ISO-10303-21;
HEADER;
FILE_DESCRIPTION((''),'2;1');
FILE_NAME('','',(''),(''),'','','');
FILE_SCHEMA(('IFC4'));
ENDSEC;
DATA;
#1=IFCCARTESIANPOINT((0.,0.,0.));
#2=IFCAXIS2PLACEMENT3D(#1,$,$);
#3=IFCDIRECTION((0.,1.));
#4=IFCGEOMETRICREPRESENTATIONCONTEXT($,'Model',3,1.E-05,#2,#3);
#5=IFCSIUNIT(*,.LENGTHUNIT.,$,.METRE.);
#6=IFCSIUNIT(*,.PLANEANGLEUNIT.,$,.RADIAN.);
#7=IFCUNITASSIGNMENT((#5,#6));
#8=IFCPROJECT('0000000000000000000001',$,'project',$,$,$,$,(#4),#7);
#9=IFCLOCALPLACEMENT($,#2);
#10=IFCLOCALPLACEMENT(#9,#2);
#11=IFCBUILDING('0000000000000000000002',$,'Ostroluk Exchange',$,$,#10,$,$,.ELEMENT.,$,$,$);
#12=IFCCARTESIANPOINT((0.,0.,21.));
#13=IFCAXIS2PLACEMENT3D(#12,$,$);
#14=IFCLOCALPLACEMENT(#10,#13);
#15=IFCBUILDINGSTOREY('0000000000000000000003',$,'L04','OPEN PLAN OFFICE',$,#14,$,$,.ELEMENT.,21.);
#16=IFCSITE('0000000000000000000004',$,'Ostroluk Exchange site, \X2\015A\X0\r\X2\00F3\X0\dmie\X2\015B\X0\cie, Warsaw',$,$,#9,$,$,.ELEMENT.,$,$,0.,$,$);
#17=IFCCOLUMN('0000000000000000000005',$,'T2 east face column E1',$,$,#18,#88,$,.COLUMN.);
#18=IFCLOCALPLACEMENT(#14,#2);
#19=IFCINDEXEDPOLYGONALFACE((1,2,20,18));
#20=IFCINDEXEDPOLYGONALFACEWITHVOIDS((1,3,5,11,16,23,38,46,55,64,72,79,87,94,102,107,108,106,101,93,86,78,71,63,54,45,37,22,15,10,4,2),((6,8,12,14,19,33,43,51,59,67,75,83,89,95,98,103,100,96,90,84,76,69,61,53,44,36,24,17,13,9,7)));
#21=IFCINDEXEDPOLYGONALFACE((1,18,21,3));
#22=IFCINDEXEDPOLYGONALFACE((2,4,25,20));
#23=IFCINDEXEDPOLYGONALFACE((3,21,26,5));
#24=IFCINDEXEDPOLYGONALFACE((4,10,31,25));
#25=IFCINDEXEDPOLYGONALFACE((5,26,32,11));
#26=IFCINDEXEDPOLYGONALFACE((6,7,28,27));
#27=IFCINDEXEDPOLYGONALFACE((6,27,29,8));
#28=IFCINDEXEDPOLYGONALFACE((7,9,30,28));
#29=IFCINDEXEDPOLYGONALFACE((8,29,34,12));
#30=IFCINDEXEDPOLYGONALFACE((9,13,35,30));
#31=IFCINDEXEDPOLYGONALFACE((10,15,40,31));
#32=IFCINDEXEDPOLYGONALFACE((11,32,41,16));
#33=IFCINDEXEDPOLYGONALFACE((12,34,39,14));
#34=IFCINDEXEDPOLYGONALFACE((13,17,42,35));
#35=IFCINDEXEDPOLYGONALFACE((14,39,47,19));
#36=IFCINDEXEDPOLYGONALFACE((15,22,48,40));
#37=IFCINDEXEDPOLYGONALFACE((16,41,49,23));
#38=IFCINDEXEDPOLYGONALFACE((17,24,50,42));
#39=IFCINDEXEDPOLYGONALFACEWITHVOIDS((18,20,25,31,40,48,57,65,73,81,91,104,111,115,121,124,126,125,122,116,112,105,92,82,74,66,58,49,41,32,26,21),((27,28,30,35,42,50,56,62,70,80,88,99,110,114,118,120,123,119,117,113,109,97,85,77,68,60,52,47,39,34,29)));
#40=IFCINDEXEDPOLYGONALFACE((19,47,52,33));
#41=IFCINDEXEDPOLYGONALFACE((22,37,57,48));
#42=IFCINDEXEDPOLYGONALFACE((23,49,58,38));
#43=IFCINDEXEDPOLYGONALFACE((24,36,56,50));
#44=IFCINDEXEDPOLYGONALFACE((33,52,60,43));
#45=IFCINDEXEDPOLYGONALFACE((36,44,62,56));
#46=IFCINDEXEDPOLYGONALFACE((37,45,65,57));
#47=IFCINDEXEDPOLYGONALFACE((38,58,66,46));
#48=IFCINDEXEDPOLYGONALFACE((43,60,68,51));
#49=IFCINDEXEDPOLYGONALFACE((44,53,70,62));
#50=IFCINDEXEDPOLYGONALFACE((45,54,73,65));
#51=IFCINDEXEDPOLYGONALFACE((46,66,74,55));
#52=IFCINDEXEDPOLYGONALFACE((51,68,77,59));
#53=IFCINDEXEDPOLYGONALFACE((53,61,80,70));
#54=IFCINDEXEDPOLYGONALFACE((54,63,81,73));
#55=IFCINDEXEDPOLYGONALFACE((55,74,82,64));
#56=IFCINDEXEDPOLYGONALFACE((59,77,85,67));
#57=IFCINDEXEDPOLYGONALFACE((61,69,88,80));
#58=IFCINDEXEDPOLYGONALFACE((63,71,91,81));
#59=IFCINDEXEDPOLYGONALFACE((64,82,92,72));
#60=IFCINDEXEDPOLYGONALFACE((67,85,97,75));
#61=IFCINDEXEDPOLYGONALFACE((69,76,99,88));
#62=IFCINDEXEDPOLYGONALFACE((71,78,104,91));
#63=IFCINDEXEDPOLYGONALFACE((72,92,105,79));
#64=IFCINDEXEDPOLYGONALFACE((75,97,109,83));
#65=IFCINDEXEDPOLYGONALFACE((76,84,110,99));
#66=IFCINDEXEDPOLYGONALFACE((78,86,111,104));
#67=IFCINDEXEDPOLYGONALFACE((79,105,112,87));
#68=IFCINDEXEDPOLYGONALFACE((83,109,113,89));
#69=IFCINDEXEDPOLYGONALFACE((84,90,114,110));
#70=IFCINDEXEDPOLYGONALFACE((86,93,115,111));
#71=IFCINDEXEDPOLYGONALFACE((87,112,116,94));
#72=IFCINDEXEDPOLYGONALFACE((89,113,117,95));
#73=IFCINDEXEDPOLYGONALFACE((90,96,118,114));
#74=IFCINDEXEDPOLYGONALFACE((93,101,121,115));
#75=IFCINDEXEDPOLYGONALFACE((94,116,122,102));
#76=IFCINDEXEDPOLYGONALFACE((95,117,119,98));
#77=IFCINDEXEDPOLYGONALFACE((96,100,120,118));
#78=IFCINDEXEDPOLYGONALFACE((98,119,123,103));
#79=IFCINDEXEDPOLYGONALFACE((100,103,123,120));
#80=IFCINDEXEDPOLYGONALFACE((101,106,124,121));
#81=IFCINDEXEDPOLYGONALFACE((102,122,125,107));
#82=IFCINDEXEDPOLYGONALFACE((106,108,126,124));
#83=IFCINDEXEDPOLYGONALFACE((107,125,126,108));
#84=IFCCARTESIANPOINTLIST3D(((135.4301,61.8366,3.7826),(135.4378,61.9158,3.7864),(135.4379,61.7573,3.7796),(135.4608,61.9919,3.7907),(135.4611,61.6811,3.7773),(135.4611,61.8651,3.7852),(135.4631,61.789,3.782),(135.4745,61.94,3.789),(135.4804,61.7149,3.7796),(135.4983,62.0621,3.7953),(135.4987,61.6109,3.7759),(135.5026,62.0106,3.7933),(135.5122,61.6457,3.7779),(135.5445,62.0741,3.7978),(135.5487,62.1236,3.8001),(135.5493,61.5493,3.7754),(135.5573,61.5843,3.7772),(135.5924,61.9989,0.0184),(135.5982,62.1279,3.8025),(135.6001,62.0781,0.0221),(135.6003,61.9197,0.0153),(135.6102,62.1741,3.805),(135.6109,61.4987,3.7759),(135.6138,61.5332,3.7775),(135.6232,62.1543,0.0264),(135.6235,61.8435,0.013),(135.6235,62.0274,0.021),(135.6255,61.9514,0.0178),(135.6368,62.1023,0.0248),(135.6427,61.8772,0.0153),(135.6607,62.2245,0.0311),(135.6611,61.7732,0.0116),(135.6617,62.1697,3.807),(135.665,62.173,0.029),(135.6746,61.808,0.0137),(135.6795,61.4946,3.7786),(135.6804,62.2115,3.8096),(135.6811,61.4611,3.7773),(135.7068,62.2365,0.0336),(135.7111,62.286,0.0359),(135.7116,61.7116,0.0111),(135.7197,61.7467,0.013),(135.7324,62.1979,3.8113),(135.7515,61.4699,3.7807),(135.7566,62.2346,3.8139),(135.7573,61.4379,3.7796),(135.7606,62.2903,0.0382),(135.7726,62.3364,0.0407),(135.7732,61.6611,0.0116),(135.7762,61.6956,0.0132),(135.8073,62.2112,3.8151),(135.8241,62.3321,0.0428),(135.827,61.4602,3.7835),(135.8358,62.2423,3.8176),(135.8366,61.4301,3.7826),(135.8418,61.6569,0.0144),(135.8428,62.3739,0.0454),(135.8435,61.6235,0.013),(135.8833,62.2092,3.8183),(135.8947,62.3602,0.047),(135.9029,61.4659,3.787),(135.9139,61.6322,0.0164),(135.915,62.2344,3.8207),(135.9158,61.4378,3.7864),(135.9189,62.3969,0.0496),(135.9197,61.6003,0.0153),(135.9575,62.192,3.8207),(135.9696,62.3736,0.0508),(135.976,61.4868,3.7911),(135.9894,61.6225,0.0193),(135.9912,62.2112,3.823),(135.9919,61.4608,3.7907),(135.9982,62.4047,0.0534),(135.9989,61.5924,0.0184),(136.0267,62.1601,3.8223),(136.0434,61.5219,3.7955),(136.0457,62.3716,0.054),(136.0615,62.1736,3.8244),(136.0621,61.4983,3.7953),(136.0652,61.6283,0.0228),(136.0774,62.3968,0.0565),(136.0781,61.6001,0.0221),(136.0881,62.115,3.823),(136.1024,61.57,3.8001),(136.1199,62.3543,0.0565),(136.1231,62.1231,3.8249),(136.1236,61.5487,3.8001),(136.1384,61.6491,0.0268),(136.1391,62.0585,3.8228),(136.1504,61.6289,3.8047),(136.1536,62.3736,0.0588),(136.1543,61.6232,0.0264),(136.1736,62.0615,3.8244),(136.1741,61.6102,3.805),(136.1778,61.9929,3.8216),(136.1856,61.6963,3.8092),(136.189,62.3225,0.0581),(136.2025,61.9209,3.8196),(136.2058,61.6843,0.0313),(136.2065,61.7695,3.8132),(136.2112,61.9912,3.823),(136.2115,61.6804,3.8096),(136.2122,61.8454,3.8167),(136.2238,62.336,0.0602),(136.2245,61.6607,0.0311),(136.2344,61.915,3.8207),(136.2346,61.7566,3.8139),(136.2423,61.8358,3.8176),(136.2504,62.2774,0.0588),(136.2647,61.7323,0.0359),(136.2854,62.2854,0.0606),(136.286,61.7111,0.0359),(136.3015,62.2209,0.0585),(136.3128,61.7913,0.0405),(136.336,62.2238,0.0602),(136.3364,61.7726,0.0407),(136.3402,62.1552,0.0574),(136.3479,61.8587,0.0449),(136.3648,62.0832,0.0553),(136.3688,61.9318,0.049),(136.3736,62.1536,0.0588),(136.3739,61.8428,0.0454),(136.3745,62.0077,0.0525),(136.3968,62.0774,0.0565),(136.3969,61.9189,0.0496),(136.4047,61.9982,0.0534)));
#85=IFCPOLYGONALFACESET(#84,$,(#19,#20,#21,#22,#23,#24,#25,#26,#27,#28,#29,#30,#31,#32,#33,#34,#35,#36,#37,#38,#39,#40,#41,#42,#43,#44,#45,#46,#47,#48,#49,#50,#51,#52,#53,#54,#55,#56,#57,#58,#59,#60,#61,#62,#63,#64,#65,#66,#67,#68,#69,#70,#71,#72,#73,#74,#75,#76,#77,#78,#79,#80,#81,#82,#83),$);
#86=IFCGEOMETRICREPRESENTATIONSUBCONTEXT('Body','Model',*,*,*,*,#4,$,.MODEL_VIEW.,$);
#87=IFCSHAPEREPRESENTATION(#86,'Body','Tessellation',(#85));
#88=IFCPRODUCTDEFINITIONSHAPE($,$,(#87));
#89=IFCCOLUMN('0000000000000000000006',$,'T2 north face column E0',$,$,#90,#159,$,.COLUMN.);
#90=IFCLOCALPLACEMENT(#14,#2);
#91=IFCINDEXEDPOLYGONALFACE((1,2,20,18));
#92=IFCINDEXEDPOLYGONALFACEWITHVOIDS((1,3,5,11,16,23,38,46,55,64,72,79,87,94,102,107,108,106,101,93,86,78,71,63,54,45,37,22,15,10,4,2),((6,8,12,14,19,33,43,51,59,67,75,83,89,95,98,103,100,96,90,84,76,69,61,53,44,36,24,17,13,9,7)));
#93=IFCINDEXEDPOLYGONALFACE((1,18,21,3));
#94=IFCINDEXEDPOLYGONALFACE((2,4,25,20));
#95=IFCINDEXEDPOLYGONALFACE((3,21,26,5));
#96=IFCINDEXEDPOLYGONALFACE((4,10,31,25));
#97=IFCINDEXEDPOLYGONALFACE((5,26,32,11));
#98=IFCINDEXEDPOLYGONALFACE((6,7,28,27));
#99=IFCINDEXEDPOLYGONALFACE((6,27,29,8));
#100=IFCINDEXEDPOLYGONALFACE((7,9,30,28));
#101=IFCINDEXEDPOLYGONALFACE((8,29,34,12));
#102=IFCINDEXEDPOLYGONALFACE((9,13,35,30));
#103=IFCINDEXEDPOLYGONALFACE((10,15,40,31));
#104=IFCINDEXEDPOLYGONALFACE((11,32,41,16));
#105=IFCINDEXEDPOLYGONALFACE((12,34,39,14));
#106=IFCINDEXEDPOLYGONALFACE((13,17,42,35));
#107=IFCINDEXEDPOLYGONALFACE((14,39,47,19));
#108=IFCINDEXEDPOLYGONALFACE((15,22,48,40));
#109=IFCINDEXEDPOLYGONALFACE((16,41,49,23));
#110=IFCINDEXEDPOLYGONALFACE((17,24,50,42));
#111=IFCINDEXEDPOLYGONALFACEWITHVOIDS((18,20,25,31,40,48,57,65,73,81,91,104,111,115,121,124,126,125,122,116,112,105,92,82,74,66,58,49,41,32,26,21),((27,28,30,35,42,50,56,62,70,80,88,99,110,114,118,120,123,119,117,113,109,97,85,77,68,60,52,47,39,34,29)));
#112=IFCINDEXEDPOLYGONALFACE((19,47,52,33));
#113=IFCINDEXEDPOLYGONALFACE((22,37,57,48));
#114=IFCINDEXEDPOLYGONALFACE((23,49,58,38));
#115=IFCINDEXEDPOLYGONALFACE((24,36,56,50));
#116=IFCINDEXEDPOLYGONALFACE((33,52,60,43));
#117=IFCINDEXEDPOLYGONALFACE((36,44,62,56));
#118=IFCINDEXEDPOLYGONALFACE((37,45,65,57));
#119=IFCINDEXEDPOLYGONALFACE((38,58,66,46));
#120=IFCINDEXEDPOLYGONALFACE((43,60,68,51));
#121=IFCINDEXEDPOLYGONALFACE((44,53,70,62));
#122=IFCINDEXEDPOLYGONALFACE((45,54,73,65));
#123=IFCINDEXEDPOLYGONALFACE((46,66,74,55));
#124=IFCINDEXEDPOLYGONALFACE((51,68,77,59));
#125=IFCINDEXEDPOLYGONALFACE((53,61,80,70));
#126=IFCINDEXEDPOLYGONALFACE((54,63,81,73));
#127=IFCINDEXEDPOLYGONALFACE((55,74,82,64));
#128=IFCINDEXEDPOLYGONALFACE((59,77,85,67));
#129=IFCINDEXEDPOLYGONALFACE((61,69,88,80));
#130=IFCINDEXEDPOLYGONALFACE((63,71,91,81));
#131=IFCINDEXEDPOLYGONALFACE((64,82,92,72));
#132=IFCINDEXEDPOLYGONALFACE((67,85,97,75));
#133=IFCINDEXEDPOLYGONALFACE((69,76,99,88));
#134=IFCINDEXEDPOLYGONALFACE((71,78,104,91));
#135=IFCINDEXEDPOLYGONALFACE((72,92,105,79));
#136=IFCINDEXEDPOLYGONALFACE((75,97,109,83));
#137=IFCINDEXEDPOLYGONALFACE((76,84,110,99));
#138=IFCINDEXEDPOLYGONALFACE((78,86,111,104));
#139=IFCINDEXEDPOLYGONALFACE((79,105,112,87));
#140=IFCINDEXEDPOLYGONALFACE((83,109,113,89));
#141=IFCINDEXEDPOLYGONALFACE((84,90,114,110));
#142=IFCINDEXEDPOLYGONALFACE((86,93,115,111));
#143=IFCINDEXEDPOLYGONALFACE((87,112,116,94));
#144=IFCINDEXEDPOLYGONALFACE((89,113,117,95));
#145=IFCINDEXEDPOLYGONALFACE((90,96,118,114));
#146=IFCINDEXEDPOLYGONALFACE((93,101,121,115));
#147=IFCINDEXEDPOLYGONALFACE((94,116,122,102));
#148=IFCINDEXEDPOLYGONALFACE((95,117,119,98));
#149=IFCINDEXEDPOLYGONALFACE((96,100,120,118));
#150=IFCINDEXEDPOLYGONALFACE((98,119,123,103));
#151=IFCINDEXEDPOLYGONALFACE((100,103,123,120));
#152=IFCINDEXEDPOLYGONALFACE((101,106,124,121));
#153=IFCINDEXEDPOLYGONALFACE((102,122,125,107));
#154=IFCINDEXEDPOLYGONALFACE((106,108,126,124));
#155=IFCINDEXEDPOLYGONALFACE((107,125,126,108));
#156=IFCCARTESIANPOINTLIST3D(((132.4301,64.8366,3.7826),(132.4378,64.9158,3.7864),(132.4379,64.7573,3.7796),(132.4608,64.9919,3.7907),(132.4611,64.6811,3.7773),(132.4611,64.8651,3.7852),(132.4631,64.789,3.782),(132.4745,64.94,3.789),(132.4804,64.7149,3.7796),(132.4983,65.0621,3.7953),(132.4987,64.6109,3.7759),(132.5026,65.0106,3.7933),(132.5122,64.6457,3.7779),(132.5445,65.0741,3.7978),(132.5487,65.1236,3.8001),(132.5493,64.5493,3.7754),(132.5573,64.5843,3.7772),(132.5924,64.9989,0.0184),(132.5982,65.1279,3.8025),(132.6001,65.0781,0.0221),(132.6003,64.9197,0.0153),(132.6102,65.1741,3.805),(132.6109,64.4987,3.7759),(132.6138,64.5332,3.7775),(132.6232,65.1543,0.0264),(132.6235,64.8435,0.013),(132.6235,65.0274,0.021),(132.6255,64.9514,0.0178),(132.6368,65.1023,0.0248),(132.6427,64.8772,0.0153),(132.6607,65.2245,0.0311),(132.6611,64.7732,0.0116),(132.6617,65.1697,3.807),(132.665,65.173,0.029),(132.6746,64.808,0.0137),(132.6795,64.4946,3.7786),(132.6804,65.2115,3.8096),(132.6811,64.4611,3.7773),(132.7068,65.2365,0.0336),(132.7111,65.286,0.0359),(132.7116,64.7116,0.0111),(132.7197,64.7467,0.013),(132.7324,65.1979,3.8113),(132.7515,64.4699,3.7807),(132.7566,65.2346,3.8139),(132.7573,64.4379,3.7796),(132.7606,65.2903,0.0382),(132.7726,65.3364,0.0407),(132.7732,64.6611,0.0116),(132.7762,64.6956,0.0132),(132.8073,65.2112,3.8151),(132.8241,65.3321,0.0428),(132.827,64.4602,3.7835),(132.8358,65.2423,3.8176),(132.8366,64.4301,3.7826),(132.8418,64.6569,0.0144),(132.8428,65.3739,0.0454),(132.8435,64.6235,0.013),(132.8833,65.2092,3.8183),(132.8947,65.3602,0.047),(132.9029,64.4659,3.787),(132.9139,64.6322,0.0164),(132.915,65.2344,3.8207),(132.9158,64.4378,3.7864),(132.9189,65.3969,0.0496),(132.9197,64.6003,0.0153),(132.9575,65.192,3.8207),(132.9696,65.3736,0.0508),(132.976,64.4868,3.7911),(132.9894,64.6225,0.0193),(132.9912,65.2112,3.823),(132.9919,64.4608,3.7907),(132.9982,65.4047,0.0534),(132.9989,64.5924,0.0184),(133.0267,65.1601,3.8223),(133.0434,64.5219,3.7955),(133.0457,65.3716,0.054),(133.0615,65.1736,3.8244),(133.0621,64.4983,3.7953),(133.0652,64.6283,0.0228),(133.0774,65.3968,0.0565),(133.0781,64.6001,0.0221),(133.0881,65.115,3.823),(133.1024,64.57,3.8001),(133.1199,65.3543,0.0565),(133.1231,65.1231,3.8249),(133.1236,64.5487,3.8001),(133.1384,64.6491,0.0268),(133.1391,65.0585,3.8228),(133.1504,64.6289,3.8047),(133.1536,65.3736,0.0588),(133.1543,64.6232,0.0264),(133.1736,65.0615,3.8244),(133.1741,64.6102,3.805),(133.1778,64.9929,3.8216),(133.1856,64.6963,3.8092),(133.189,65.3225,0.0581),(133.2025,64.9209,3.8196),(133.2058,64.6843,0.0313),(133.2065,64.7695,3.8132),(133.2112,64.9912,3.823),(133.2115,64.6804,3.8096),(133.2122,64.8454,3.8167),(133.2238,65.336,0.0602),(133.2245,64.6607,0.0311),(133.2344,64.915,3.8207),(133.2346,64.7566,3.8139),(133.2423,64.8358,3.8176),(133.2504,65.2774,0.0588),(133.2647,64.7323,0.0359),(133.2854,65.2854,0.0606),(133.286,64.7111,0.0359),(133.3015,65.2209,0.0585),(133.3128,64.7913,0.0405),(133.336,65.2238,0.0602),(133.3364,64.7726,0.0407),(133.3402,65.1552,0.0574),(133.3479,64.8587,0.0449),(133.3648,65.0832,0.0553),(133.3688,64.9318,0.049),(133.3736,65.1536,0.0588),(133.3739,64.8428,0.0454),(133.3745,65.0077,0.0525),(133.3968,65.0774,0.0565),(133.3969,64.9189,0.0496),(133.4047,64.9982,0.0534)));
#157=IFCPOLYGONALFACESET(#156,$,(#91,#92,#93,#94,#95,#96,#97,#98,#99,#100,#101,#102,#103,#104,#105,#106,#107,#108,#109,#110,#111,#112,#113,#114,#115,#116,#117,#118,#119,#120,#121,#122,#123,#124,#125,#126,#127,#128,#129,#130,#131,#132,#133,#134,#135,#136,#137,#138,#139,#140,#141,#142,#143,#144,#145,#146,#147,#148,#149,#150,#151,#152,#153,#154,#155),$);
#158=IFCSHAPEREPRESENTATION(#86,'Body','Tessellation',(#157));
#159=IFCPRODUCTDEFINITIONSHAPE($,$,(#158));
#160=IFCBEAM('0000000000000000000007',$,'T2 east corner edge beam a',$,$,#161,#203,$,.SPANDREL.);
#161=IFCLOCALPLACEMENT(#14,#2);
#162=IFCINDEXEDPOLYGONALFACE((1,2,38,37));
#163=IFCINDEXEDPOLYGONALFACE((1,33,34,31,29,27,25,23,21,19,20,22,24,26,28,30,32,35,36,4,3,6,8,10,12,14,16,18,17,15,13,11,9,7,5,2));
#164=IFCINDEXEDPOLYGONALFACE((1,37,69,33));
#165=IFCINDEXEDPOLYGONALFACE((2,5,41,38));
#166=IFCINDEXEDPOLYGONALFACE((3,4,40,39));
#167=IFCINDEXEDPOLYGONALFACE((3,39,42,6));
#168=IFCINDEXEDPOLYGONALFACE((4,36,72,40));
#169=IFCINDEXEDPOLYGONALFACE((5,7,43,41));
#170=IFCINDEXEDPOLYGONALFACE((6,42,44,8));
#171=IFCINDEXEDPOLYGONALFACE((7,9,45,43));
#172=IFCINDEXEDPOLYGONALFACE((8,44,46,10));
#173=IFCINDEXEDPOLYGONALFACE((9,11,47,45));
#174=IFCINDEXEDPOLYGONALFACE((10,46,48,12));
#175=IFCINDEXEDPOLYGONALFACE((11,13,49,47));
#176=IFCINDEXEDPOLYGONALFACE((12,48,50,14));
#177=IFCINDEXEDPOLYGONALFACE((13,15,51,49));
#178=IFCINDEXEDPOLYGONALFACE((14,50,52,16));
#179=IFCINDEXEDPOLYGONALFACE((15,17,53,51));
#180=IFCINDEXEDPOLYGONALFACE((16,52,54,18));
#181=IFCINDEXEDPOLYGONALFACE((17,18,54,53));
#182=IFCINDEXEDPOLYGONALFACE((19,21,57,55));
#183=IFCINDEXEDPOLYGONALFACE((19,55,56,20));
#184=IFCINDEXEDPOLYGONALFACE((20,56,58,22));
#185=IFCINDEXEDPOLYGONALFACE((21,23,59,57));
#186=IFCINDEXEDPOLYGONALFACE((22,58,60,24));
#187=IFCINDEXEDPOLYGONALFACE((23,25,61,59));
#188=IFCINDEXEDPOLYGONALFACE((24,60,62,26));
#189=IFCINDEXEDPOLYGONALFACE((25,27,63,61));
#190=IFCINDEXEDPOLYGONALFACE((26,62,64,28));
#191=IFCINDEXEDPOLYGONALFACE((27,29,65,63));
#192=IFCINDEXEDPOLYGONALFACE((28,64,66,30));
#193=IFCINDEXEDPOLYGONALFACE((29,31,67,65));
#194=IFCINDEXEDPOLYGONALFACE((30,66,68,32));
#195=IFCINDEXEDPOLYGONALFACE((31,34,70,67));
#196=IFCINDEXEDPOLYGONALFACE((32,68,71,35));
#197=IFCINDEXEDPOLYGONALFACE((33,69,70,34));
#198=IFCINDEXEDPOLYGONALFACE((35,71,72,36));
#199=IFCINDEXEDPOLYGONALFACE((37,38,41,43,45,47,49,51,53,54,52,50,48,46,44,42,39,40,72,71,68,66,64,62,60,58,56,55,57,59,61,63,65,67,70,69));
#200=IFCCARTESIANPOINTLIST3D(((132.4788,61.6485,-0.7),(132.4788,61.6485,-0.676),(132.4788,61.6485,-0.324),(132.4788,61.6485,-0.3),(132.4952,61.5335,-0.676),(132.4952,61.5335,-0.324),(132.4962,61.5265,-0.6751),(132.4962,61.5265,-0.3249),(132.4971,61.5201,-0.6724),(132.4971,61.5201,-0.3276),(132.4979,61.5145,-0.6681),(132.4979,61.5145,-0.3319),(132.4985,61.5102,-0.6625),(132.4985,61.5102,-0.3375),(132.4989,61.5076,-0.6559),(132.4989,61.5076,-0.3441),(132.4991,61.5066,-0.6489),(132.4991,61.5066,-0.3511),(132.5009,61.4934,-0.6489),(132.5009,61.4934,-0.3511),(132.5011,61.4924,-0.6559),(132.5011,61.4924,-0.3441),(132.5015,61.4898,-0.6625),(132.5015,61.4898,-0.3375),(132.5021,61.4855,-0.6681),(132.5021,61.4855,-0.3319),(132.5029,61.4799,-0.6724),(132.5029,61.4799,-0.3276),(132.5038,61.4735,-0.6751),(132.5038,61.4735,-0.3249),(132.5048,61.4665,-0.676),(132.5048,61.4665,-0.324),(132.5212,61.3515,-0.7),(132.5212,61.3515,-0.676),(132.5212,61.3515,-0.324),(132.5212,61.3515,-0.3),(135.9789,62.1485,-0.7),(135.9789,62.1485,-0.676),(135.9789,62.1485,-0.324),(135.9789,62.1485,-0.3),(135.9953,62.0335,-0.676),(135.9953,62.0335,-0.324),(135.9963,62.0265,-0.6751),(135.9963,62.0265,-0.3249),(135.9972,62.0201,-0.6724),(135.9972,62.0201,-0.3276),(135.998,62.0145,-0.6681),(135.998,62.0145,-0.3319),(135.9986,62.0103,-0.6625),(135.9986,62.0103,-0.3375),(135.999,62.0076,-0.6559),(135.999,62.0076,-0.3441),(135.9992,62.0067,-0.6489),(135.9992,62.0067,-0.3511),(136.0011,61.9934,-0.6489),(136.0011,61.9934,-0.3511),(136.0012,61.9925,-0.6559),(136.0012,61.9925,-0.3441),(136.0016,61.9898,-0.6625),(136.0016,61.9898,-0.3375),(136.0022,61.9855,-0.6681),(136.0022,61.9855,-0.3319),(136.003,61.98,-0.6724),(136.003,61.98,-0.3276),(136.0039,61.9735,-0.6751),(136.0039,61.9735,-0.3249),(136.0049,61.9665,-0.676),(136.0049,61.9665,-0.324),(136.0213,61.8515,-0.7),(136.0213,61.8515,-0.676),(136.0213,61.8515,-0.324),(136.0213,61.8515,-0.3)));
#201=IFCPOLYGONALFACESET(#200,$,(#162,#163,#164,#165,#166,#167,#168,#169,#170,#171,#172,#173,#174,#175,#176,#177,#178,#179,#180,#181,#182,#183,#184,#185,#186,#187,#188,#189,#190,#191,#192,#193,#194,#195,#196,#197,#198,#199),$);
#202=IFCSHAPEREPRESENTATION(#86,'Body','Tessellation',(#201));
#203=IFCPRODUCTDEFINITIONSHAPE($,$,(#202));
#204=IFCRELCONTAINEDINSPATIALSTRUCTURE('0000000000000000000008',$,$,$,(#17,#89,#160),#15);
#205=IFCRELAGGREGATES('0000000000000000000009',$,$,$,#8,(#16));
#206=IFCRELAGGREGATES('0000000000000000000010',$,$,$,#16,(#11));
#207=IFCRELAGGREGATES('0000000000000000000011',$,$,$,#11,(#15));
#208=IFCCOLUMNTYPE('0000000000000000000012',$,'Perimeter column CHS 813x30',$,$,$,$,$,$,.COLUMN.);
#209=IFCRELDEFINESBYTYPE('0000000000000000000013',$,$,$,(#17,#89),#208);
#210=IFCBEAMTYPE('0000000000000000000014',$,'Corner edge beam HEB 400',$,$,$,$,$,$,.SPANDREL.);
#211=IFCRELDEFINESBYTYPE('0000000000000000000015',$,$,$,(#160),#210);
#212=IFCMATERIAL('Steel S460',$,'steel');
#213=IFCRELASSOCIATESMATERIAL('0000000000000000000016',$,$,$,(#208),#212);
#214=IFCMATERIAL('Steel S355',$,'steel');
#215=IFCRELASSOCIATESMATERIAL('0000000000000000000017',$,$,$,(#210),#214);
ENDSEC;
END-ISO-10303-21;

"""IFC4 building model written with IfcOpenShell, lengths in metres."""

from ifc_helpers import new_model, si_unit, direction, frame, origin, origin_2d, place, context, subcontext, project, spatial, hollow_circle, i_section, extrude, material, material_profile, profile_set, type_object, element, save


model = new_model("IFC4")

# Units and contexts
model_context = context("Model", 3, precision=1e-05, world=origin(), true_north=direction((0.0, 1.0)))
body_context = subcontext(model_context, "Body", "Model", "MODEL_VIEW")
ifc_project = project(units=[si_unit("LENGTHUNIT", "METRE"), si_unit("PLANEANGLEUNIT", "RADIAN")], contexts=[model_context])

# Site, building, storey
site_placement = place(None, origin())
site = spatial("IfcSite", under=ifc_project, at=site_placement, Name="Ostroluk Exchange site, Śródmieście, Warsaw", CompositionType="ELEMENT", RefElevation=0.0)
building_placement = place(site_placement, origin())
building = spatial("IfcBuilding", under=site, at=building_placement, Name="Ostroluk Exchange", CompositionType="ELEMENT")
storey_placement = place(building_placement, frame((0.0, 0.0, 21.0)))
storey = spatial("IfcBuildingStorey", under=building, at=storey_placement, Name="L04", Description="OPEN PLAN OFFICE", CompositionType="ELEMENT", Elevation=21.0)

# Columns
ifc_material_1 = material(Name="Steel S460", Category="steel")
ifc_material_profile_1 = material_profile(ifc_material_1, hollow_circle(Radius=0.4065, WallThickness=0.03, at=origin_2d()), Name="CHS 813x30")
ifc_profile_set_1 = profile_set([ifc_material_profile_1], Name="Steel S460")
column_type = type_object("IfcColumnType", Name="Perimeter column CHS 813x30", PredefinedType="COLUMN", material=ifc_profile_set_1)
for number, where, z_axis, x_axis, name in (
    (1, (135.9985, 61.9985, 0.0359), (-0.043051, -0.043051, 0.998145), (0.707107, -0.707107, 0.0), "T2 east face column E1"),
    (2, (132.9985, 64.9985, 0.0359), (-0.043051, -0.043051, 0.998145), (0.707107, -0.707107, 0.0), "T2 north face column E0"),
):
    element("IfcColumn", number, at=place(storey_placement, frame(where, z_axis=z_axis, x_axis=x_axis)), inside=storey, type_object=column_type, Name=name, PredefinedType="COLUMN", context=body_context, shape_type="SweptSolid", body=[
        extrude(hollow_circle(Radius=0.4065, WallThickness=0.03, at=origin_2d()), origin(), (0.0, 0.0, 1.0), 3.7712),
    ])

# Beam
ifc_material_2 = material(Name="Steel S355", Category="steel")
ifc_material_profile_2 = material_profile(ifc_material_2, i_section(OverallWidth=0.3, OverallDepth=0.3999, WebThickness=0.0134, FlangeThickness=0.0239, FilletRadius=0.0271, at=origin_2d()), Name="HEB 400")
ifc_profile_set_2 = profile_set([ifc_material_profile_2], Name="Steel S355")
beam_type_1 = type_object("IfcBeamType", Name="Corner edge beam HEB 400", PredefinedType="SPANDREL", material=ifc_profile_set_2)
for number, where, z_axis, x_axis, name in (
    (3, (132.5, 61.5, -0.5), (0.989949, 0.141421, 0.0), (-0.141421, 0.989949, 0.0), "T2 east corner edge beam a"),
):
    element("IfcBeam", number, at=place(storey_placement, frame(where, z_axis=z_axis, x_axis=x_axis)), inside=storey, type_object=beam_type_1, Name=name, PredefinedType="SPANDREL", context=body_context, shape_type="SweptSolid", body=[
        extrude(i_section(OverallWidth=0.3, OverallDepth=0.3999, WebThickness=0.0134, FlangeThickness=0.0239, FilletRadius=0.0271, at=origin_2d()), origin(), (0.0, 0.0, 1.0), 3.5356),
    ])

save(model, "model.ifc")
